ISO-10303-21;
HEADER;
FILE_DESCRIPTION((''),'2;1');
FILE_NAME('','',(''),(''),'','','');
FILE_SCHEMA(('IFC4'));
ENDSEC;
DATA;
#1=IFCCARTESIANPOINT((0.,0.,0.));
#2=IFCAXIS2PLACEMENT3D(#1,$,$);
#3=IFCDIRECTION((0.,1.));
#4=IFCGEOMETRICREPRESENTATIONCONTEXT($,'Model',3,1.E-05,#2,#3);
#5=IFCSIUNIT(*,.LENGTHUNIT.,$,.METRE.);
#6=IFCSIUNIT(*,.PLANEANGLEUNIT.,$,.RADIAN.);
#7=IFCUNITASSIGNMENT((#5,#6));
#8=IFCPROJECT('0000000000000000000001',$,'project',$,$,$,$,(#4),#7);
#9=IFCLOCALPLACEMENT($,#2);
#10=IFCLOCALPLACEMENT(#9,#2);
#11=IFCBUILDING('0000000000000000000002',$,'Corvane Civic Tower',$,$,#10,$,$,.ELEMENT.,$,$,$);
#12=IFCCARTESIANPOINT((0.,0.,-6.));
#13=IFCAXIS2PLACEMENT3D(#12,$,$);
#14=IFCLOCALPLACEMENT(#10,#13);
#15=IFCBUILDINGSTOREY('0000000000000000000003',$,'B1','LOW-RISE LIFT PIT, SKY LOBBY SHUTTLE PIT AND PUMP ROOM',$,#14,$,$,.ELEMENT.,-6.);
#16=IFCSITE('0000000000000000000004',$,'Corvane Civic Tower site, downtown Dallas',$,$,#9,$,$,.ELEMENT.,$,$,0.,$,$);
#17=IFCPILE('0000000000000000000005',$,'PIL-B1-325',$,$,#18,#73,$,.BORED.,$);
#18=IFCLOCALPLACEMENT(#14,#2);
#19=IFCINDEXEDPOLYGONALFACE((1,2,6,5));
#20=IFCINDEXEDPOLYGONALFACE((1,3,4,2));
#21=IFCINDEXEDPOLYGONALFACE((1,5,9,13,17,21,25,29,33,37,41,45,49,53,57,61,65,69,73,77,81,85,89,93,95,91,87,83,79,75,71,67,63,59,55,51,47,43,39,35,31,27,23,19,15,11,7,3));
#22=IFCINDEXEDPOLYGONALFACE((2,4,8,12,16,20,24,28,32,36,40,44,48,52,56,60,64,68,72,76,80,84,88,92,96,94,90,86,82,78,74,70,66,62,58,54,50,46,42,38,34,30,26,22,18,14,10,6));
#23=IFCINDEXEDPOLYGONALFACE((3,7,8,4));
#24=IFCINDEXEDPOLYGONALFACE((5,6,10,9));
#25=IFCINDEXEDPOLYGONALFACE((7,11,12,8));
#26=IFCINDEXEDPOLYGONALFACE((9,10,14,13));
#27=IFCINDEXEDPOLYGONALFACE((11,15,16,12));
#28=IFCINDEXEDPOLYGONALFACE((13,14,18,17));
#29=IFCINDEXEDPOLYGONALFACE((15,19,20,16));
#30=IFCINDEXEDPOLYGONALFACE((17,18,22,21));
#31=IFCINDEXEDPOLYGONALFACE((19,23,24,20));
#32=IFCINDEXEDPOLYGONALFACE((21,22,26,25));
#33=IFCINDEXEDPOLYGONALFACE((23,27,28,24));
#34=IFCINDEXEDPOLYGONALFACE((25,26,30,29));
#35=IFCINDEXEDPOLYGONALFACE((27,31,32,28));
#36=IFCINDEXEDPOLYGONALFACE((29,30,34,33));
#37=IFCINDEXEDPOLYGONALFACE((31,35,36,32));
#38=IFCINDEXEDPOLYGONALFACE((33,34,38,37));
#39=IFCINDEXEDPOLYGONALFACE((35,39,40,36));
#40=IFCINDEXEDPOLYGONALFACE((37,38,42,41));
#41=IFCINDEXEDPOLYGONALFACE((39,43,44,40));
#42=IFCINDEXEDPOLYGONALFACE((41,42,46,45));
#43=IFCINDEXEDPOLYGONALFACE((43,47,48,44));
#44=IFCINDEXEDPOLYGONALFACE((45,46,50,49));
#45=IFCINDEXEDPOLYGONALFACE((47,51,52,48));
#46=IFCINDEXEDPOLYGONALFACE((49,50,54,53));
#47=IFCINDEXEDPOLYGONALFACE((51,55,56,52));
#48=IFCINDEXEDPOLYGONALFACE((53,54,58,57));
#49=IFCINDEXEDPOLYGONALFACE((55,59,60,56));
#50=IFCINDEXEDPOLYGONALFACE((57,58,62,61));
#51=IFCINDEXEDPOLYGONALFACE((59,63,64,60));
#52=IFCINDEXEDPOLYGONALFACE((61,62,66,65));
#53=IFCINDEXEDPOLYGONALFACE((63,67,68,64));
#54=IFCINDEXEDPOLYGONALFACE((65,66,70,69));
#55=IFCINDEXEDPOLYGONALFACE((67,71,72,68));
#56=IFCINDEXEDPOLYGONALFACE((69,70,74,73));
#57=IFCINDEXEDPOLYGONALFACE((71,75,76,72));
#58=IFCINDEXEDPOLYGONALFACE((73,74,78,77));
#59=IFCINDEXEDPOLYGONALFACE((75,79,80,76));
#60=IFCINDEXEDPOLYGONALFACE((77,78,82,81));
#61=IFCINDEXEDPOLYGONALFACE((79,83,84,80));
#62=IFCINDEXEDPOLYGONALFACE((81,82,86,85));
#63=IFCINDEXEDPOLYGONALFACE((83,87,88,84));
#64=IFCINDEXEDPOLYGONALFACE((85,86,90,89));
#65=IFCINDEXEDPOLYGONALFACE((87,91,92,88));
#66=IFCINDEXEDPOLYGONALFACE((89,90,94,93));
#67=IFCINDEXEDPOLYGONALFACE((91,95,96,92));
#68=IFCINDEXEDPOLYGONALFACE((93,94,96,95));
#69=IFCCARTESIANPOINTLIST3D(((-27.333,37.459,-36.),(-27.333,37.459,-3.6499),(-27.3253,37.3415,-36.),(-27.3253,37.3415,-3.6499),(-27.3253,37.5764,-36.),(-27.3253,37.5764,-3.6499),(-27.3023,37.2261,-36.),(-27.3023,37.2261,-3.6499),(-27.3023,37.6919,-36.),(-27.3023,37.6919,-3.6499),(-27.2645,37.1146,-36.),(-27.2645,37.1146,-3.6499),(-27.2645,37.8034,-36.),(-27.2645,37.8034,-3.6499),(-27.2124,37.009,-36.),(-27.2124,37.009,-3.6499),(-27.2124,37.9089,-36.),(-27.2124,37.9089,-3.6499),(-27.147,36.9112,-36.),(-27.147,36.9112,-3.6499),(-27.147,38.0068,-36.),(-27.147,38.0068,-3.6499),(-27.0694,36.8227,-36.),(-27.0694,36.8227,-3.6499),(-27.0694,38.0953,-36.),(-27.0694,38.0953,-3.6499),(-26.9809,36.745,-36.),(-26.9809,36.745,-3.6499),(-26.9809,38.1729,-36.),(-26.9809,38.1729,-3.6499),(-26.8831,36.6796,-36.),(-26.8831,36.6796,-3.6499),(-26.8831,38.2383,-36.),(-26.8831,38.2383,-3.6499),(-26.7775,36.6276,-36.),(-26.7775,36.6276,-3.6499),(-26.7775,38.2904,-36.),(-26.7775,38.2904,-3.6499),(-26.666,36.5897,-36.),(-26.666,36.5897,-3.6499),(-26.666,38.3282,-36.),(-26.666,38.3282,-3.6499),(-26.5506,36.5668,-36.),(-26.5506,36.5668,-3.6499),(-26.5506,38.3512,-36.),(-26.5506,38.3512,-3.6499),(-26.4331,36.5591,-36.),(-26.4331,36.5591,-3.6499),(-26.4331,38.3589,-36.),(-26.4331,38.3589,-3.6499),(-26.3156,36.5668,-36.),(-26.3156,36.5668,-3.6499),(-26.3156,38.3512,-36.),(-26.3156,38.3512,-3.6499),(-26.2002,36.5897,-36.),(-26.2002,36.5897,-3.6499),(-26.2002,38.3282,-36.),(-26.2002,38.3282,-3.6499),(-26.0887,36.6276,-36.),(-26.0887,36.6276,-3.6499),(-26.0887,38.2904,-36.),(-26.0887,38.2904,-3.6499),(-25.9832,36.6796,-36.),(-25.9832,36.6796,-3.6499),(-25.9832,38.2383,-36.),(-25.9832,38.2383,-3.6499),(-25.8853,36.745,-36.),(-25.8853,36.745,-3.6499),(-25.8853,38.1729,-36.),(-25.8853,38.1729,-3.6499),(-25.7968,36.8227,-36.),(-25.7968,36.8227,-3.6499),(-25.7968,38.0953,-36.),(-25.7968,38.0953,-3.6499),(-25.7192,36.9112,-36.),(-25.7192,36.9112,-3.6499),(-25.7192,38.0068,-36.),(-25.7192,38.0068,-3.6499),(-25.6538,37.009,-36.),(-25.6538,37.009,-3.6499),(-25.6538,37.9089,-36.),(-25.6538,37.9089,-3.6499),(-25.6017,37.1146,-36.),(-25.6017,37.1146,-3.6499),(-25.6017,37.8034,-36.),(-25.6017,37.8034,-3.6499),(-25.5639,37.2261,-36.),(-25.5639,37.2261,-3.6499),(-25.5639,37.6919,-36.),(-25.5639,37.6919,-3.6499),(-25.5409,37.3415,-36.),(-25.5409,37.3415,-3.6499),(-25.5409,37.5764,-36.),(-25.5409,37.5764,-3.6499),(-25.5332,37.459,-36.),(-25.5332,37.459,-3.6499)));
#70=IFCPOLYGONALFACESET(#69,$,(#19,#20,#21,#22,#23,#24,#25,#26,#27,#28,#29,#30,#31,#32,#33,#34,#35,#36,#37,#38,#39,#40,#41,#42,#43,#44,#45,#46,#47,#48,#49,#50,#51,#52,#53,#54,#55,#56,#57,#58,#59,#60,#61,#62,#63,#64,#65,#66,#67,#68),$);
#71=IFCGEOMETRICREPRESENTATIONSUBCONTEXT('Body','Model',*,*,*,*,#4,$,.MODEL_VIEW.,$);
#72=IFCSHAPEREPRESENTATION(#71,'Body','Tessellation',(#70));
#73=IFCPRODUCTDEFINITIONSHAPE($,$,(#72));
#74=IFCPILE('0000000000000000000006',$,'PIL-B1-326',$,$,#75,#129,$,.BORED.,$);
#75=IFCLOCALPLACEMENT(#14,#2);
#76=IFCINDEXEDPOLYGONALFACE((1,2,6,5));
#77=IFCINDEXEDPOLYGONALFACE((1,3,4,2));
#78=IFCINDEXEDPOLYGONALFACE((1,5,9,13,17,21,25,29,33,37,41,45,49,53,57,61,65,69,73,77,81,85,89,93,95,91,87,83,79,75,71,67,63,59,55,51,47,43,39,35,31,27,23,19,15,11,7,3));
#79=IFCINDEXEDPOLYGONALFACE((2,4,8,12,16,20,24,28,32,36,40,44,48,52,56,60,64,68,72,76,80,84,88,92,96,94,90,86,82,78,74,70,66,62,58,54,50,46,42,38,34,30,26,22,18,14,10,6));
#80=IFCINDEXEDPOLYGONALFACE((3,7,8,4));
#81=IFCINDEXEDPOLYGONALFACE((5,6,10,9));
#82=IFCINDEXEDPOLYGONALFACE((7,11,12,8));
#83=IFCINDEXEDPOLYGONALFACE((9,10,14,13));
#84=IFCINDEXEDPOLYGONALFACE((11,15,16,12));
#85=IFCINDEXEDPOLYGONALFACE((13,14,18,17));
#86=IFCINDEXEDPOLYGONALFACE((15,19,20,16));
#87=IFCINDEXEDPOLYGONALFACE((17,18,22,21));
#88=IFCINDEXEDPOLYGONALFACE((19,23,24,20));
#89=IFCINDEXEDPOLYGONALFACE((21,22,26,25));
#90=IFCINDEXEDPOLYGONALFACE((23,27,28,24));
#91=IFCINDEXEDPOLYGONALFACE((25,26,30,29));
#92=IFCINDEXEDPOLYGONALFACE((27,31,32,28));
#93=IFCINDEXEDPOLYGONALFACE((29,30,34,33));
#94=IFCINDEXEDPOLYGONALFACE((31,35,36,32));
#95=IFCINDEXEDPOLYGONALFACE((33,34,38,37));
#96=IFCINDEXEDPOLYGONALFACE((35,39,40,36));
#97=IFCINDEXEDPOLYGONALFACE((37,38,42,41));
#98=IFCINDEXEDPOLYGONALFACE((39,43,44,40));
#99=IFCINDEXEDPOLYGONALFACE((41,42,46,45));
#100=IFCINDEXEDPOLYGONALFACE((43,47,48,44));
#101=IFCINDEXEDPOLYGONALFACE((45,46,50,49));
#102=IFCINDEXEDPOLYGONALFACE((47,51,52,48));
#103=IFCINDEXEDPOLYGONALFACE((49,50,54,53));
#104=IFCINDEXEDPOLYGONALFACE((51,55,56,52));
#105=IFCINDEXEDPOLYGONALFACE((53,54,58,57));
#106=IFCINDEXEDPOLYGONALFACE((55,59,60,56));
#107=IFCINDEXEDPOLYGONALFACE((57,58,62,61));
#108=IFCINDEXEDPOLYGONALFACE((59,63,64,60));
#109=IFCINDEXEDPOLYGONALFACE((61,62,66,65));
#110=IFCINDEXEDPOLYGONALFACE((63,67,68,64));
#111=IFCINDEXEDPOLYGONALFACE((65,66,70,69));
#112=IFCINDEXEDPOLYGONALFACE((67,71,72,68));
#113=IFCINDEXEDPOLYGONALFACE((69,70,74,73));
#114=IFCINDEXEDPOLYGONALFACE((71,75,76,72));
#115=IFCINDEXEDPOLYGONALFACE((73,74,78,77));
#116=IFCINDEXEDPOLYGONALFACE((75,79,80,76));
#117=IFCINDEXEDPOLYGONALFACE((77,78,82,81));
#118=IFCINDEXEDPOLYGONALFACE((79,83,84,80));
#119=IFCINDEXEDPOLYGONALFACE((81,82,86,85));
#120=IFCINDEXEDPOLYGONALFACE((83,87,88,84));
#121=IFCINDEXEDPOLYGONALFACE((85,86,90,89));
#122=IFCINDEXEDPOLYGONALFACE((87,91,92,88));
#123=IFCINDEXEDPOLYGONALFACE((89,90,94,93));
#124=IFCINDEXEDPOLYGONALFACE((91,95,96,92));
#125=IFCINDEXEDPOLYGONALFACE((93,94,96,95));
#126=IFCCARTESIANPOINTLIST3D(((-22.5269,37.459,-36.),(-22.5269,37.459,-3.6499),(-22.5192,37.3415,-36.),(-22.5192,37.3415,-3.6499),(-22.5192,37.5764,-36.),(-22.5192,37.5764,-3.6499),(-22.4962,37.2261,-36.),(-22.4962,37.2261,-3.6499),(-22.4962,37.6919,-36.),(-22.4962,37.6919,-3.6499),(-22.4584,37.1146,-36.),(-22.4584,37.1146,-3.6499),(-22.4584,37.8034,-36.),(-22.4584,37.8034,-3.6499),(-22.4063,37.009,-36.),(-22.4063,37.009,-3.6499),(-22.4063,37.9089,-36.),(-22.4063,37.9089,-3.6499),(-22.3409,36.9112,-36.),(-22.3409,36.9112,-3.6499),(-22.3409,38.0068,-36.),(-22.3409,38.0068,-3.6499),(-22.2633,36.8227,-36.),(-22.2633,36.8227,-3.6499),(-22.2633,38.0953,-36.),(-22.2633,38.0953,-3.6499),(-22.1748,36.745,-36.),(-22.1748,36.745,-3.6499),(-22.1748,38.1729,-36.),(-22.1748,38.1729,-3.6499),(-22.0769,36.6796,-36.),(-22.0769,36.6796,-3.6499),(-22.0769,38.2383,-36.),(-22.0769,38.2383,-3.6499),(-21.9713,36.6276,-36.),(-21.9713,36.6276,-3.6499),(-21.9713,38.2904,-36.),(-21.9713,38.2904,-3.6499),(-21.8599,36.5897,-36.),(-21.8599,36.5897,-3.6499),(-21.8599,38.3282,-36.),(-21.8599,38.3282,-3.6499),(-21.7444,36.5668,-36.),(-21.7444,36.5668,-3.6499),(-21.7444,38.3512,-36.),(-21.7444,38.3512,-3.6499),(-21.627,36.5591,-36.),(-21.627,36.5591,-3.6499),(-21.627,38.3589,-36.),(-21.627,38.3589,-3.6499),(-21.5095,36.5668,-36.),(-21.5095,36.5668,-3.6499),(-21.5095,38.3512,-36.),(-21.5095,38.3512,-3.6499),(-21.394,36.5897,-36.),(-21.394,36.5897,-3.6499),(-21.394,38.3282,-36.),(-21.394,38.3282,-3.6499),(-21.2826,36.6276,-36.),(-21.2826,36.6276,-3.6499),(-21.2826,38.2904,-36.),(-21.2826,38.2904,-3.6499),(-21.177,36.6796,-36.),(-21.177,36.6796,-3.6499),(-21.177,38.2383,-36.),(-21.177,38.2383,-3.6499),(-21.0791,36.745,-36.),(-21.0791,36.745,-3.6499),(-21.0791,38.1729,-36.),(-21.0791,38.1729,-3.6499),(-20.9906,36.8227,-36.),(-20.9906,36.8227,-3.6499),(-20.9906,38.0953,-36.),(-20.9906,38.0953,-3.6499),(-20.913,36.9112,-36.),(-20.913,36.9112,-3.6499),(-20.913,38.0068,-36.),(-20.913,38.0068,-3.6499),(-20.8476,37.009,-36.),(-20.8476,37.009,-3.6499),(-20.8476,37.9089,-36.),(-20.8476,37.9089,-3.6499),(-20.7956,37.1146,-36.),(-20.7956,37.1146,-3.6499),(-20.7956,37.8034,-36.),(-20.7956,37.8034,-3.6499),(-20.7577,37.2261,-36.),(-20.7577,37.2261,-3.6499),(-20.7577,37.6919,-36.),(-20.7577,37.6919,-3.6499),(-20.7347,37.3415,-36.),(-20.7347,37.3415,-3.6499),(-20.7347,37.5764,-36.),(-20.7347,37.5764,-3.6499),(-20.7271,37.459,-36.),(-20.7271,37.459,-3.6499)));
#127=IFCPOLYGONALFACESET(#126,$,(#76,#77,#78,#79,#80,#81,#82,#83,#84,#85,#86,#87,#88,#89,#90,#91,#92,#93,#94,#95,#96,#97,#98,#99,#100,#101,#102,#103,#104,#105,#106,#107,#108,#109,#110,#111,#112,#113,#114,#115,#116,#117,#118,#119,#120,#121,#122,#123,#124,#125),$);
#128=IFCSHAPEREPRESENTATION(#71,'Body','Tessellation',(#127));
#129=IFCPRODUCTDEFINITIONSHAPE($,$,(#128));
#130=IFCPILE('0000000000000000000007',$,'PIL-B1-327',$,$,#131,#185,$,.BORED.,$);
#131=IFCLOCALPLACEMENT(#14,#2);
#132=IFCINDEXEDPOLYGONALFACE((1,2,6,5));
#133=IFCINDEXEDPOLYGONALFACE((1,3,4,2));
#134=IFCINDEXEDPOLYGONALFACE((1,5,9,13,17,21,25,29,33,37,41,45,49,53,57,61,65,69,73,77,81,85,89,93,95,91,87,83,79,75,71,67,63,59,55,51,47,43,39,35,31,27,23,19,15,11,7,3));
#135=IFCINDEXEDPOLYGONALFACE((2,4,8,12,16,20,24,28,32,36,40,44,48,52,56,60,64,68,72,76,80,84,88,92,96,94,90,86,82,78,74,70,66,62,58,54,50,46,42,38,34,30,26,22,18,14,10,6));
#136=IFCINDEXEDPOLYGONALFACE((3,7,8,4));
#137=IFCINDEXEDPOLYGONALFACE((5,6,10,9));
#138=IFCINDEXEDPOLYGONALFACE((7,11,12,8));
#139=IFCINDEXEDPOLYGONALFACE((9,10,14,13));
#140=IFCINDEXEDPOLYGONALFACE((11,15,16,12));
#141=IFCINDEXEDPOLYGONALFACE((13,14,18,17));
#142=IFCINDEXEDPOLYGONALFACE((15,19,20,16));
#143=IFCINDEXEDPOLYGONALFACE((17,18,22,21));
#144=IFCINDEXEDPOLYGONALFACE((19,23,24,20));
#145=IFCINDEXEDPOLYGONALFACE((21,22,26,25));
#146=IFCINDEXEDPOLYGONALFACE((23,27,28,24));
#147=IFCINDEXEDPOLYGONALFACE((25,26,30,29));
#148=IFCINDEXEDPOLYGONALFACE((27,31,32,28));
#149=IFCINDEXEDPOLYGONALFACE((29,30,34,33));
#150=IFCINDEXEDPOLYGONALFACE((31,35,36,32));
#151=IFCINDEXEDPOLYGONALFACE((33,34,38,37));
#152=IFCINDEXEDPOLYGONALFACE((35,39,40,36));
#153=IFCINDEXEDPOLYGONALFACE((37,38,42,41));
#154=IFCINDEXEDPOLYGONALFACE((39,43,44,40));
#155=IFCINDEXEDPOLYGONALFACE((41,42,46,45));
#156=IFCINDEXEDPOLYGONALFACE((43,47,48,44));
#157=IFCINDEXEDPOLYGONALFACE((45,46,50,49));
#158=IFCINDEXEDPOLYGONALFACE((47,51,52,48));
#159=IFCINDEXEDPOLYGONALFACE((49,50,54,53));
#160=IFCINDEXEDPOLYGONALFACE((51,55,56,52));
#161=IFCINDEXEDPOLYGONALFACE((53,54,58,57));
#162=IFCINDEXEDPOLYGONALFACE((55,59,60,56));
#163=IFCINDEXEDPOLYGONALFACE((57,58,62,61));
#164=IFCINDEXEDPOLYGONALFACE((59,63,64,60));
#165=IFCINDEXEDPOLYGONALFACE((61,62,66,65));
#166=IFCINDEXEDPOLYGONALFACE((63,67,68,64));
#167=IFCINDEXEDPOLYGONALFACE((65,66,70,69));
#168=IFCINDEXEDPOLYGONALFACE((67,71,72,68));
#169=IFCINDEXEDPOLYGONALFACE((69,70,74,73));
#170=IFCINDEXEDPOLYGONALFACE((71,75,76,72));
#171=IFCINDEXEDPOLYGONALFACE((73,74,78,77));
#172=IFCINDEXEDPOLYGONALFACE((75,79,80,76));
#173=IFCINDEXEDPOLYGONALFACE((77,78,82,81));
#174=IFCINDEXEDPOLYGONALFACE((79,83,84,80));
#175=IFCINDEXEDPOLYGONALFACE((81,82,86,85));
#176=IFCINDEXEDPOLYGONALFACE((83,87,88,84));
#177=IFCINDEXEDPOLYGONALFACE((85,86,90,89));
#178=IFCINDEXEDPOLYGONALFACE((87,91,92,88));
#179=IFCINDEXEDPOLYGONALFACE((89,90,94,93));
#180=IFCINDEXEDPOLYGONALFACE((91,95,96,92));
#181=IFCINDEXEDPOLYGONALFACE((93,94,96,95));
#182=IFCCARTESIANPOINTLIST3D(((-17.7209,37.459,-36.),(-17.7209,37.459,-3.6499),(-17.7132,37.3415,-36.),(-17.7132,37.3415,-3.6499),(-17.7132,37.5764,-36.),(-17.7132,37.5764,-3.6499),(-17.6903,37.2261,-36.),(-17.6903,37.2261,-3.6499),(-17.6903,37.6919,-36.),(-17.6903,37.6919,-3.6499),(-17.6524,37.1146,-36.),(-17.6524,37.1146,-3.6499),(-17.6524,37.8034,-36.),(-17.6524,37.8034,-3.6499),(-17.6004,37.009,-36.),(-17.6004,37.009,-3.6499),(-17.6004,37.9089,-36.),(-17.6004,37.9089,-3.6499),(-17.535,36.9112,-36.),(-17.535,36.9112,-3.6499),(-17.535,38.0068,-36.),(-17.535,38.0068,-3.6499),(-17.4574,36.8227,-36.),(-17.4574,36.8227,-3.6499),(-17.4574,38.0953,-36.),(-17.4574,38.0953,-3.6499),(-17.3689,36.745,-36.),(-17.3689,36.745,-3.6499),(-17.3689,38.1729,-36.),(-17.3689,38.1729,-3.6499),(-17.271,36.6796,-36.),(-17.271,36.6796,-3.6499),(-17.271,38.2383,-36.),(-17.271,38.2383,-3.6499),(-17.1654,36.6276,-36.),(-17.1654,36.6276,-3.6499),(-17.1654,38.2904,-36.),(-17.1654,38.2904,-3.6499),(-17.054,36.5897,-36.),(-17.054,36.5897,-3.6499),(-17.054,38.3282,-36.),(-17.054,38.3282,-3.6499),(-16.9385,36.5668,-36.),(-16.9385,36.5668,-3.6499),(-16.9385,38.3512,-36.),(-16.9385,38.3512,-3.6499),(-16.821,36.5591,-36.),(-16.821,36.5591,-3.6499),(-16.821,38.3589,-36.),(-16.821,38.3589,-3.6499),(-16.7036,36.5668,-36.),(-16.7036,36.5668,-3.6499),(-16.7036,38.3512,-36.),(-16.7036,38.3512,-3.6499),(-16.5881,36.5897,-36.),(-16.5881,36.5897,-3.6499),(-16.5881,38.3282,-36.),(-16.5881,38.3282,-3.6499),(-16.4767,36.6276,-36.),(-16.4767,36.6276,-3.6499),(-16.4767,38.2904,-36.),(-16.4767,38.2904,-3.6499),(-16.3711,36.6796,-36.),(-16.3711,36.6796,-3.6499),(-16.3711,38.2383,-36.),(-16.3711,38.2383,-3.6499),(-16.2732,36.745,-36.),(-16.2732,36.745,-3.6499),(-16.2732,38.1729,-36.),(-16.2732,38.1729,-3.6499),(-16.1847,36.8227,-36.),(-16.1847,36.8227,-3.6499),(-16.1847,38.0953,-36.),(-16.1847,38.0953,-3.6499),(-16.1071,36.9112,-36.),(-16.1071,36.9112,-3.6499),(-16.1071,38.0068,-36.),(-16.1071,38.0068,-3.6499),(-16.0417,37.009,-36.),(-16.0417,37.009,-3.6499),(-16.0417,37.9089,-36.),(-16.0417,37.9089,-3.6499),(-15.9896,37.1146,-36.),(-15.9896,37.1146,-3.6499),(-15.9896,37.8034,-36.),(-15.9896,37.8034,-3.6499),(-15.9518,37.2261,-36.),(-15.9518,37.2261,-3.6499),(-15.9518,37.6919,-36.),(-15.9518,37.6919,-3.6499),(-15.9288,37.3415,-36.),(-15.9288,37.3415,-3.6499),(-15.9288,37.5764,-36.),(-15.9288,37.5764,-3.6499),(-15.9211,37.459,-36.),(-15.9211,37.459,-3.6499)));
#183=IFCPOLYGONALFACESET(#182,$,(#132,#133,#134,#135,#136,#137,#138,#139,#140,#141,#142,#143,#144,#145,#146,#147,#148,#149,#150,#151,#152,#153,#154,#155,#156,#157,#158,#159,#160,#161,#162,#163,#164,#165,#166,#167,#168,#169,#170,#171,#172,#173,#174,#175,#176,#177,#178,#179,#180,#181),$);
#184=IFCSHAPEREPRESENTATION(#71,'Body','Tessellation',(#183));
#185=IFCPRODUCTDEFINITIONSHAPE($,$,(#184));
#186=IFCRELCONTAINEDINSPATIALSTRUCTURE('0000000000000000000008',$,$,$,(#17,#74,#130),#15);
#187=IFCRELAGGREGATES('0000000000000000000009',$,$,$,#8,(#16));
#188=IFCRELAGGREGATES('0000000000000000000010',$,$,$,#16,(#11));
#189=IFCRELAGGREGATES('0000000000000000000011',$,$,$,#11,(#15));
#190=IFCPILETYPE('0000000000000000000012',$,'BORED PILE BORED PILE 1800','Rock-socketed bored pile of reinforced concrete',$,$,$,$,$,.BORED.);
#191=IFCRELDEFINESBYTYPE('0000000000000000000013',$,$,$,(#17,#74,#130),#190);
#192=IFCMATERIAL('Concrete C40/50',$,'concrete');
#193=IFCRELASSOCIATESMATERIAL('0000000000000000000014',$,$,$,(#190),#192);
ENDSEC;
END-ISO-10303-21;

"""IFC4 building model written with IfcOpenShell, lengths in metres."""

from ifc_helpers import new_model, si_unit, direction, frame, origin, origin_2d, place, context, subcontext, project, spatial, circle, extrude, material, material_profile, profile_set, type_object, element, save


model = new_model("IFC4")

# Units and contexts
model_context = context("Model", 3, precision=1e-05, world=origin(), true_north=direction((0.0, 1.0)))
body_context = subcontext(model_context, "Body", "Model", "MODEL_VIEW")
ifc_project = project(units=[si_unit("LENGTHUNIT", "METRE"), si_unit("PLANEANGLEUNIT", "RADIAN")], contexts=[model_context])

# Site, building, storey
site_placement = place(None, origin())
site = spatial("IfcSite", under=ifc_project, at=site_placement, Name="Corvane Civic Tower site, downtown Dallas", CompositionType="ELEMENT", RefElevation=0.0)
building_placement = place(site_placement, origin())
building = spatial("IfcBuilding", under=site, at=building_placement, Name="Corvane Civic Tower", CompositionType="ELEMENT")
storey_placement = place(building_placement, frame((0.0, 0.0, -6.0)))
storey = spatial("IfcBuildingStorey", under=building, at=storey_placement, Name="B1", Description="LOW-RISE LIFT PIT, SKY LOBBY SHUTTLE PIT AND PUMP ROOM", CompositionType="ELEMENT", Elevation=-6.0)

# Piles
ifc_material_1 = material(Name="Concrete C40/50", Category="concrete")
ifc_material_profile_1 = material_profile(ifc_material_1, circle(Radius=0.8999, at=origin_2d()), Name="BORED PILE 1800")
ifc_profile_set_1 = profile_set([ifc_material_profile_1], Name="Concrete C40/50")
pile_type_1 = type_object("IfcPileType", Name="BORED PILE BORED PILE 1800", Description="Rock-socketed bored pile of reinforced concrete", PredefinedType="BORED", material=ifc_profile_set_1)
for number, where, z_axis, x_axis, name in (
    (1, (-26.4331, 37.459, -3.6499), (0.0, 0.0, -1.0), (1.0, 0.0, 0.0), "PIL-B1-325"),
    (2, (-21.627, 37.459, -3.6499), (0.0, 0.0, -1.0), (1.0, 0.0, 0.0), "PIL-B1-326"),
    (3, (-16.821, 37.459, -3.6499), (0.0, 0.0, -1.0), (1.0, 0.0, 0.0), "PIL-B1-327"),
):
    element("IfcPile", number, at=place(storey_placement, frame(where, z_axis=z_axis, x_axis=x_axis)), inside=storey, type_object=pile_type_1, Name=name, PredefinedType="BORED", context=body_context, shape_type="SweptSolid", body=[
        extrude(circle(Radius=0.8999, at=origin_2d()), origin(), (0.0, 0.0, 1.0), 32.3501),
    ])

save(model, "model.ifc")
